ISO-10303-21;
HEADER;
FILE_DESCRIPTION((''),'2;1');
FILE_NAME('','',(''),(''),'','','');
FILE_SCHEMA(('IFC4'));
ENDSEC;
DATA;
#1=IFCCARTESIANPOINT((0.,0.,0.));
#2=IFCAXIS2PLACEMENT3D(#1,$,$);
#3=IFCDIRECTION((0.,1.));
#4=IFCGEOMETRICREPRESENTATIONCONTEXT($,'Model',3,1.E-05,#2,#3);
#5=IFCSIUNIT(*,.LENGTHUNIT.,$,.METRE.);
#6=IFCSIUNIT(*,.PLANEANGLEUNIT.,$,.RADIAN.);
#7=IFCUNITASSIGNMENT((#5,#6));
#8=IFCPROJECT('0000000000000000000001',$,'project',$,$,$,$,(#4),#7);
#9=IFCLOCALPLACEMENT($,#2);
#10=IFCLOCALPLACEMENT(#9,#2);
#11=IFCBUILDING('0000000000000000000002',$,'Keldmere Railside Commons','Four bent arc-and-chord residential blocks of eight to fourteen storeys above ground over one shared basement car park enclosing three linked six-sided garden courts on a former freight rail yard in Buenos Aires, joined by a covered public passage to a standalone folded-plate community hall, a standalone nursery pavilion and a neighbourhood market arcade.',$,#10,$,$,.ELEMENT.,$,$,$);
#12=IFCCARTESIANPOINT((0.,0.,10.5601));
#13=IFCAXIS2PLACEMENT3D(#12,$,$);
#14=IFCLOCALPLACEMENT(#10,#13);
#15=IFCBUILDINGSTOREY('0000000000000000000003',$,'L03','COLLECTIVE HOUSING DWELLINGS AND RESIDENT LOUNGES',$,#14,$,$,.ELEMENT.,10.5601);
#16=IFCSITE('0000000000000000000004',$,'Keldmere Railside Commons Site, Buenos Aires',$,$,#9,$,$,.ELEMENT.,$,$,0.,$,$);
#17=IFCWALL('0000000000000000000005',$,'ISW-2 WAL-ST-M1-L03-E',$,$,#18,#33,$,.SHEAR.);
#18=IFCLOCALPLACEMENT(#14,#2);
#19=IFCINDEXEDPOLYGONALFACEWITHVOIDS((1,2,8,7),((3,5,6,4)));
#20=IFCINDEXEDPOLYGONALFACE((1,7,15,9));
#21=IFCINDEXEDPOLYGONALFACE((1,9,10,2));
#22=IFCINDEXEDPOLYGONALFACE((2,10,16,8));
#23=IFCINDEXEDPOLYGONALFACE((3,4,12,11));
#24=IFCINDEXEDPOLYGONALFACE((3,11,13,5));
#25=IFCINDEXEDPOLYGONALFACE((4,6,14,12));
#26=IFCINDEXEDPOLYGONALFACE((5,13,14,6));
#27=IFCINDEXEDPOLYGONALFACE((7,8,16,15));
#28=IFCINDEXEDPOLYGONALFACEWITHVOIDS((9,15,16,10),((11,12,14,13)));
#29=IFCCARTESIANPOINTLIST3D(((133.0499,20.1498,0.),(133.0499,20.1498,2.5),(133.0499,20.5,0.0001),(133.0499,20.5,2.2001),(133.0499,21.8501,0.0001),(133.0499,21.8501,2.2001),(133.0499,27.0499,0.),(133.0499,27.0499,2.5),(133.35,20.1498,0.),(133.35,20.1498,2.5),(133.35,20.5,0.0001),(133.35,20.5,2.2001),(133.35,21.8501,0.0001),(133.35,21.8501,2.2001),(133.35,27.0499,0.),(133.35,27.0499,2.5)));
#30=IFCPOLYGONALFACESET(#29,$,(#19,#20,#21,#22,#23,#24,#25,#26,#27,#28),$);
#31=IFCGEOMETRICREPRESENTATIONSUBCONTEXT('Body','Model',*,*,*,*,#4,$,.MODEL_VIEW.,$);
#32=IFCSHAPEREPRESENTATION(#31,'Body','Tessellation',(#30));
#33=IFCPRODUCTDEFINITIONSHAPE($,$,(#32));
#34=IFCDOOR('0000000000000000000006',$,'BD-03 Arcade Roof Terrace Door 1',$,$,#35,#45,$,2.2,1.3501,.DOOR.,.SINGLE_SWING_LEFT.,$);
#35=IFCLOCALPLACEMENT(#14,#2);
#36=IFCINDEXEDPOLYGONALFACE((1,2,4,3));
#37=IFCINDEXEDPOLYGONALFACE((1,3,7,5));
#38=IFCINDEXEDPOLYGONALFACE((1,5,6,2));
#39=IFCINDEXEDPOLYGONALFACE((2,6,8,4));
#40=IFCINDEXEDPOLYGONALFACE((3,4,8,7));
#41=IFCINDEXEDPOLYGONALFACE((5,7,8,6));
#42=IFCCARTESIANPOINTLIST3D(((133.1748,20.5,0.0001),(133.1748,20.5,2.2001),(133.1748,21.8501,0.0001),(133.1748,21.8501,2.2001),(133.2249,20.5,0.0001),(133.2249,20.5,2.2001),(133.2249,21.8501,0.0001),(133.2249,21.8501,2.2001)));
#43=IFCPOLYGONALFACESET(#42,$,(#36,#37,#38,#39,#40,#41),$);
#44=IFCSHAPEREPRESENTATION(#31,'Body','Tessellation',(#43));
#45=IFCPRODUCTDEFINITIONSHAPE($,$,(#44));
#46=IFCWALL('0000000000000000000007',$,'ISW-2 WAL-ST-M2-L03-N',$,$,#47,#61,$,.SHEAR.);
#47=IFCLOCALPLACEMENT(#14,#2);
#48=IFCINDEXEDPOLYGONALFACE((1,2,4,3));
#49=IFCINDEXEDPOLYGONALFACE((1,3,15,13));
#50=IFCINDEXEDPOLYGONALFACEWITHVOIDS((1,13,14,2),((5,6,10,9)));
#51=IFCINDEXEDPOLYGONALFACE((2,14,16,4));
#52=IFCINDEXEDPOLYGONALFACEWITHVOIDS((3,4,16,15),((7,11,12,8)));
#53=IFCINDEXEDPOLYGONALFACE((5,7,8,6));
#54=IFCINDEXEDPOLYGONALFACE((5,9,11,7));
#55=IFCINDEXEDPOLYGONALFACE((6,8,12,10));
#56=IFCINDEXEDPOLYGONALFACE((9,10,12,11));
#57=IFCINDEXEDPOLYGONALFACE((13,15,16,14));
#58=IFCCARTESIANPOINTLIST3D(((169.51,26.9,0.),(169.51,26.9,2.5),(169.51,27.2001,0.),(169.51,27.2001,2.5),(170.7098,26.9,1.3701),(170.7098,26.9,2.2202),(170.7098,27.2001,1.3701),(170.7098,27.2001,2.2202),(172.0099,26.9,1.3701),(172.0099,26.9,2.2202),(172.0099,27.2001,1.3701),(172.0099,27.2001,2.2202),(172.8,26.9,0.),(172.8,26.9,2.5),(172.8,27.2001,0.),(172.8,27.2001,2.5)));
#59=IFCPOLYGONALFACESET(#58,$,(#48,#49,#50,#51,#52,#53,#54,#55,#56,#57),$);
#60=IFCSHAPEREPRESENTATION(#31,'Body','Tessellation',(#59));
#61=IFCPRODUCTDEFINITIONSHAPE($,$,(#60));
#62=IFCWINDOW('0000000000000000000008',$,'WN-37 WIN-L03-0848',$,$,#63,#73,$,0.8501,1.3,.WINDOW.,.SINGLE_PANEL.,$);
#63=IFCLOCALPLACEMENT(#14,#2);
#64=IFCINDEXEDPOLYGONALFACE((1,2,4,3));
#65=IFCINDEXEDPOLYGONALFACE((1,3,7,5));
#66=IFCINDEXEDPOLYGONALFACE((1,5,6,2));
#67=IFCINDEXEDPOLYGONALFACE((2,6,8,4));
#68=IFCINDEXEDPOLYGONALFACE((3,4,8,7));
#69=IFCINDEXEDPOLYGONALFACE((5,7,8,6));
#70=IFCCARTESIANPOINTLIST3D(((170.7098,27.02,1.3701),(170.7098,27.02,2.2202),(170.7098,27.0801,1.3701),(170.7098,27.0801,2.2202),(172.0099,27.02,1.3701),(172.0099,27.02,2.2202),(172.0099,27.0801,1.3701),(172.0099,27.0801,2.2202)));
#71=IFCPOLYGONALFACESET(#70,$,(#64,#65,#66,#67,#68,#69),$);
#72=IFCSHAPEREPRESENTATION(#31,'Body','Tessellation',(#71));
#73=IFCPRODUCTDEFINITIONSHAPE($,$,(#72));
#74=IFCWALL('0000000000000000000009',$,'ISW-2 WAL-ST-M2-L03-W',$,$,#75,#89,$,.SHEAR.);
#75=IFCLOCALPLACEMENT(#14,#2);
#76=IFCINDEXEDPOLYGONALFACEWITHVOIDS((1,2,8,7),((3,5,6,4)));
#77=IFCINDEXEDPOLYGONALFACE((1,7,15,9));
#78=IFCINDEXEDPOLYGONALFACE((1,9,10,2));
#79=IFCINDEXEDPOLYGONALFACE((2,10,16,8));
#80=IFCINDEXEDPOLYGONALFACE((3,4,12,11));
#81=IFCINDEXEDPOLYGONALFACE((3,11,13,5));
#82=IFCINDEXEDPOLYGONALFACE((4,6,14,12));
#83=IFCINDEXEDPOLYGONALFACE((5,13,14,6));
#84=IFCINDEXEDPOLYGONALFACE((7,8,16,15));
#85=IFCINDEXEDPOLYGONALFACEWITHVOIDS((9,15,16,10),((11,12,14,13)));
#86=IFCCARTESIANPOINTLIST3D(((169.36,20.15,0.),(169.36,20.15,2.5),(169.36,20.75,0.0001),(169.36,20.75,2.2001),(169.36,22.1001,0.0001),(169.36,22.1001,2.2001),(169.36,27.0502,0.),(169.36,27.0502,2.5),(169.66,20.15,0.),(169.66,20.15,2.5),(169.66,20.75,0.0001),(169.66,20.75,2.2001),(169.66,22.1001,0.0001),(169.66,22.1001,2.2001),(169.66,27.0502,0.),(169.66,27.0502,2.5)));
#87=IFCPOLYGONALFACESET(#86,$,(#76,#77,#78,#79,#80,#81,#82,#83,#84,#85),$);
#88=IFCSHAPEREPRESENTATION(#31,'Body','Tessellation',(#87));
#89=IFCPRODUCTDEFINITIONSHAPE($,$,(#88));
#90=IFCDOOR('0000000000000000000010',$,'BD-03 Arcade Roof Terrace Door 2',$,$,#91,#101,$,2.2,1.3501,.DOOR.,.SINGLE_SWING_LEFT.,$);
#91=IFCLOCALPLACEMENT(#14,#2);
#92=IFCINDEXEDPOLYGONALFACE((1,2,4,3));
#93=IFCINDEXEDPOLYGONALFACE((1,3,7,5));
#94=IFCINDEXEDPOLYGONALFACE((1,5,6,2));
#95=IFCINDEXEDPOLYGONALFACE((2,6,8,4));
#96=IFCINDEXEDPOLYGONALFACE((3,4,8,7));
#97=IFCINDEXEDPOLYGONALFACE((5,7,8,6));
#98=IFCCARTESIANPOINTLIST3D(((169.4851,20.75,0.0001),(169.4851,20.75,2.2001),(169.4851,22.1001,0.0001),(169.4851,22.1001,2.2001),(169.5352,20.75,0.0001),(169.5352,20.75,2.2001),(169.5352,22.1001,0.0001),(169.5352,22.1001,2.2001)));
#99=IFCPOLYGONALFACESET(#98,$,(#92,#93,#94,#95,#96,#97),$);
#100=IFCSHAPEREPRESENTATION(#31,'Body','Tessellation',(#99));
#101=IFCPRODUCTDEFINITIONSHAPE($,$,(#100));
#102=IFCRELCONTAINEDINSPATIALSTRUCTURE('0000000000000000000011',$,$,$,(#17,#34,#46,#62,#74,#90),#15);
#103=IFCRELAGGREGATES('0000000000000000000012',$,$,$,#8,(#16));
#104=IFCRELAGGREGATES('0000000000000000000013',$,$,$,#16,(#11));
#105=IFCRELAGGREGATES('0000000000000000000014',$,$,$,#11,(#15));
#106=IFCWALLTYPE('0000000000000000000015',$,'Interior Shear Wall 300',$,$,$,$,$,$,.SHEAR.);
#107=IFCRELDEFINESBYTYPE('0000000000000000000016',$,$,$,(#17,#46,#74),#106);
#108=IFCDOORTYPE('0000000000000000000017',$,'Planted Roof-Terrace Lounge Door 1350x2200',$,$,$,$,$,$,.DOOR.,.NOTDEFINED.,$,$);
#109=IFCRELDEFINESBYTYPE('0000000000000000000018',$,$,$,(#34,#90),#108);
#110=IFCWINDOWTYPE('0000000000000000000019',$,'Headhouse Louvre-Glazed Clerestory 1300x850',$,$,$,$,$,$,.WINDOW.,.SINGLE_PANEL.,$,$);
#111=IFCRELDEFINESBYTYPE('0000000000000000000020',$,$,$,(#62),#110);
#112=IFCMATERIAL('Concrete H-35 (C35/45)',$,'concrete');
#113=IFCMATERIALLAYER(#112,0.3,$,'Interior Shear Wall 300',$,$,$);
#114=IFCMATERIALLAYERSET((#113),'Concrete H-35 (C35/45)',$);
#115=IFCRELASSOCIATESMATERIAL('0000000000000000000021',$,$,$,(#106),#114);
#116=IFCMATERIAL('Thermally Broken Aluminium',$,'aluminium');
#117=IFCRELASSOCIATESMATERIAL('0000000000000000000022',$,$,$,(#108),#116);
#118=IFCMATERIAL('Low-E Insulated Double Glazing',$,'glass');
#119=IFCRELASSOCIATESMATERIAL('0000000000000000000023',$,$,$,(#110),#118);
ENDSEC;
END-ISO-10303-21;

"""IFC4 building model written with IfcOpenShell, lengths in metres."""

from ifc_helpers import new_model, si_unit, direction, frame, frame_2d, origin, place, context, subcontext, project, spatial, rectangle, extrude, material, layer, layer_set, type_object, element, fill, save


model = new_model("IFC4")

# Units and contexts
model_context = context("Model", 3, precision=1e-05, world=origin(), true_north=direction((0.0, 1.0)))
body_context = subcontext(model_context, "Body", "Model", "MODEL_VIEW")
ifc_project = project(units=[si_unit("LENGTHUNIT", "METRE"), si_unit("PLANEANGLEUNIT", "RADIAN")], contexts=[model_context])

# Site, building, storey
site_placement = place(None, origin())
site = spatial("IfcSite", under=ifc_project, at=site_placement, Name="Keldmere Railside Commons Site, Buenos Aires", CompositionType="ELEMENT", RefElevation=0.0)
building_placement = place(site_placement, origin())
building = spatial("IfcBuilding", under=site, at=building_placement, Name="Keldmere Railside Commons", Description="Four bent arc-and-chord residential blocks of eight to fourteen storeys above ground over one shared basement car park enclosing three linked six-sided garden courts on a former freight rail yard in Buenos Aires, joined by a covered public passage to a standalone folded-plate community hall, a standalone nursery pavilion and a neighbourhood market arcade.", CompositionType="ELEMENT")
storey_placement = place(building_placement, frame((0.0, 0.0, 10.5601)))
storey = spatial("IfcBuildingStorey", under=building, at=storey_placement, Name="L03", Description="COLLECTIVE HOUSING DWELLINGS AND RESIDENT LOUNGES", CompositionType="ELEMENT", Elevation=10.5601)

# Shared definitions
ifc_material_1 = material(Name="Concrete H-35 (C35/45)", Category="concrete")

# Wall, opening, door
ifc_layer_1 = layer(ifc_material_1, 0.3, Name="Interior Shear Wall 300")
ifc_layer_set_1 = layer_set([ifc_layer_1], Name="Concrete H-35 (C35/45)")
wall_type = type_object("IfcWallType", Name="Interior Shear Wall 300", PredefinedType="SHEAR", material=ifc_layer_set_1)
wall_1_placement = place(storey_placement, frame((133.2, 27.05, 0.0), z_axis=(0.0, 0.0, 1.0), x_axis=(0.0, -1.0, 0.0)))
wall_1 = element("IfcWall", 1, at=wall_1_placement, inside=storey, type_object=wall_type, Name="ISW-2 WAL-ST-M1-L03-E", PredefinedType="SHEAR", context=body_context, shape_type="SweptSolid", body=[
    extrude(rectangle(XDim=6.9001, YDim=0.3, at=frame_2d((3.4502, 0.0))), origin(), (0.0, 0.0, 1.0), 2.5),
])
opening_1_placement = place(wall_1_placement, frame((5.2, 0.0, 0.0)))
opening_1 = element("IfcOpeningElement", 2, at=opening_1_placement, cuts=wall_1, PredefinedType="OPENING", context=body_context, shape_type="SweptSolid", body=[
    extrude(rectangle(XDim=1.3501, YDim=2.2, at=frame_2d((0.675, 1.1001))), frame((0.0, 0.1599, 0.0), z_axis=(0.0, -1.0, 0.0), x_axis=(1.0, 0.0, 0.0)), (0.0, 0.0, 1.0), 0.3201),
])
ifc_material_2 = material(Name="Thermally Broken Aluminium", Category="aluminium")
door_type = type_object("IfcDoorType", Name="Planted Roof-Terrace Lounge Door 1350x2200", OperationType="NOTDEFINED", PredefinedType="DOOR", material=ifc_material_2)
door_1_placement = place(opening_1_placement, origin())
door_1 = element("IfcDoor", 3, at=door_1_placement, inside=storey, type_object=door_type, Name="BD-03 Arcade Roof Terrace Door 1", OperationType="SINGLE_SWING_LEFT", OverallHeight=2.2, OverallWidth=1.3501, PredefinedType="DOOR", context=body_context, shape_type="SweptSolid", body=[
    extrude(rectangle(XDim=1.3501, YDim=2.2, at=frame_2d((0.675, 1.1001))), frame((0.0, 0.0249, 0.0), z_axis=(0.0, -1.0, 0.0), x_axis=(1.0, 0.0, 0.0)), (0.0, 0.0, 1.0), 0.05),
])
fill(opening_1, door_1)

# Wall, opening, window
wall_2_placement = place(storey_placement, frame((169.51, 27.05, 0.0), z_axis=(0.0, 0.0, 1.0), x_axis=(1.0, 0.0, 0.0)))
wall_2 = element("IfcWall", 4, at=wall_2_placement, inside=storey, type_object=wall_type, Name="ISW-2 WAL-ST-M2-L03-N", PredefinedType="SHEAR", context=body_context, shape_type="SweptSolid", body=[
    extrude(rectangle(XDim=3.29, YDim=0.3, at=frame_2d((1.645, 0.0))), origin(), (0.0, 0.0, 1.0), 2.5),
])
opening_2_placement = place(wall_2_placement, frame((1.2, 0.0, 1.3701)))
opening_2 = element("IfcOpeningElement", 5, at=opening_2_placement, cuts=wall_2, PredefinedType="OPENING", context=body_context, shape_type="SweptSolid", body=[
    extrude(rectangle(XDim=1.3, YDim=0.8501, at=frame_2d((0.6499, 0.425))), frame((0.0, 0.1599, 0.0), z_axis=(0.0, -1.0, 0.0), x_axis=(1.0, 0.0, 0.0)), (0.0, 0.0, 1.0), 0.3201),
])
ifc_material_3 = material(Name="Low-E Insulated Double Glazing", Category="glass")
window_type = type_object("IfcWindowType", Name="Headhouse Louvre-Glazed Clerestory 1300x850", PartitioningType="SINGLE_PANEL", PredefinedType="WINDOW", material=ifc_material_3)
window_placement = place(opening_2_placement, origin())
window = element("IfcWindow", 6, at=window_placement, inside=storey, type_object=window_type, Name="WN-37 WIN-L03-0848", OverallHeight=0.8501, OverallWidth=1.3, PartitioningType="SINGLE_PANEL", PredefinedType="WINDOW", context=body_context, shape_type="SweptSolid", body=[
    extrude(rectangle(XDim=1.3, YDim=0.8501, at=frame_2d((0.6499, 0.425))), frame((0.0, 0.03, 0.0), z_axis=(0.0, -1.0, 0.0), x_axis=(1.0, 0.0, 0.0)), (0.0, 0.0, 1.0), 0.0601),
])
fill(opening_2, window)

# Wall, opening, door
wall_3_placement = place(storey_placement, frame((169.51, 20.1499, 0.0), z_axis=(0.0, 0.0, 1.0), x_axis=(0.0, 1.0, 0.0)))
wall_3 = element("IfcWall", 7, at=wall_3_placement, inside=storey, type_object=wall_type, Name="ISW-2 WAL-ST-M2-L03-W", PredefinedType="SHEAR", context=body_context, shape_type="SweptSolid", body=[
    extrude(rectangle(XDim=6.9001, YDim=0.3, at=frame_2d((3.4502, 0.0))), origin(), (0.0, 0.0, 1.0), 2.5),
])
opening_3_placement = place(wall_3_placement, frame((0.6001, 0.0, 0.0)))
opening_3 = element("IfcOpeningElement", 8, at=opening_3_placement, cuts=wall_3, PredefinedType="OPENING", context=body_context, shape_type="SweptSolid", body=[
    extrude(rectangle(XDim=1.3501, YDim=2.2, at=frame_2d((0.675, 1.1001))), frame((0.0, 0.1599, 0.0), z_axis=(0.0, -1.0, 0.0), x_axis=(1.0, 0.0, 0.0)), (0.0, 0.0, 1.0), 0.3201),
])
door_2_placement = place(opening_3_placement, origin())
door_2 = element("IfcDoor", 9, at=door_2_placement, inside=storey, type_object=door_type, Name="BD-03 Arcade Roof Terrace Door 2", OperationType="SINGLE_SWING_LEFT", OverallHeight=2.2, OverallWidth=1.3501, PredefinedType="DOOR", context=body_context, shape_type="SweptSolid", body=[
    extrude(rectangle(XDim=1.3501, YDim=2.2, at=frame_2d((0.675, 1.1001))), frame((0.0, 0.0249, 0.0), z_axis=(0.0, -1.0, 0.0), x_axis=(1.0, 0.0, 0.0)), (0.0, 0.0, 1.0), 0.05),
])
fill(opening_3, door_2)

save(model, "model.ifc")
